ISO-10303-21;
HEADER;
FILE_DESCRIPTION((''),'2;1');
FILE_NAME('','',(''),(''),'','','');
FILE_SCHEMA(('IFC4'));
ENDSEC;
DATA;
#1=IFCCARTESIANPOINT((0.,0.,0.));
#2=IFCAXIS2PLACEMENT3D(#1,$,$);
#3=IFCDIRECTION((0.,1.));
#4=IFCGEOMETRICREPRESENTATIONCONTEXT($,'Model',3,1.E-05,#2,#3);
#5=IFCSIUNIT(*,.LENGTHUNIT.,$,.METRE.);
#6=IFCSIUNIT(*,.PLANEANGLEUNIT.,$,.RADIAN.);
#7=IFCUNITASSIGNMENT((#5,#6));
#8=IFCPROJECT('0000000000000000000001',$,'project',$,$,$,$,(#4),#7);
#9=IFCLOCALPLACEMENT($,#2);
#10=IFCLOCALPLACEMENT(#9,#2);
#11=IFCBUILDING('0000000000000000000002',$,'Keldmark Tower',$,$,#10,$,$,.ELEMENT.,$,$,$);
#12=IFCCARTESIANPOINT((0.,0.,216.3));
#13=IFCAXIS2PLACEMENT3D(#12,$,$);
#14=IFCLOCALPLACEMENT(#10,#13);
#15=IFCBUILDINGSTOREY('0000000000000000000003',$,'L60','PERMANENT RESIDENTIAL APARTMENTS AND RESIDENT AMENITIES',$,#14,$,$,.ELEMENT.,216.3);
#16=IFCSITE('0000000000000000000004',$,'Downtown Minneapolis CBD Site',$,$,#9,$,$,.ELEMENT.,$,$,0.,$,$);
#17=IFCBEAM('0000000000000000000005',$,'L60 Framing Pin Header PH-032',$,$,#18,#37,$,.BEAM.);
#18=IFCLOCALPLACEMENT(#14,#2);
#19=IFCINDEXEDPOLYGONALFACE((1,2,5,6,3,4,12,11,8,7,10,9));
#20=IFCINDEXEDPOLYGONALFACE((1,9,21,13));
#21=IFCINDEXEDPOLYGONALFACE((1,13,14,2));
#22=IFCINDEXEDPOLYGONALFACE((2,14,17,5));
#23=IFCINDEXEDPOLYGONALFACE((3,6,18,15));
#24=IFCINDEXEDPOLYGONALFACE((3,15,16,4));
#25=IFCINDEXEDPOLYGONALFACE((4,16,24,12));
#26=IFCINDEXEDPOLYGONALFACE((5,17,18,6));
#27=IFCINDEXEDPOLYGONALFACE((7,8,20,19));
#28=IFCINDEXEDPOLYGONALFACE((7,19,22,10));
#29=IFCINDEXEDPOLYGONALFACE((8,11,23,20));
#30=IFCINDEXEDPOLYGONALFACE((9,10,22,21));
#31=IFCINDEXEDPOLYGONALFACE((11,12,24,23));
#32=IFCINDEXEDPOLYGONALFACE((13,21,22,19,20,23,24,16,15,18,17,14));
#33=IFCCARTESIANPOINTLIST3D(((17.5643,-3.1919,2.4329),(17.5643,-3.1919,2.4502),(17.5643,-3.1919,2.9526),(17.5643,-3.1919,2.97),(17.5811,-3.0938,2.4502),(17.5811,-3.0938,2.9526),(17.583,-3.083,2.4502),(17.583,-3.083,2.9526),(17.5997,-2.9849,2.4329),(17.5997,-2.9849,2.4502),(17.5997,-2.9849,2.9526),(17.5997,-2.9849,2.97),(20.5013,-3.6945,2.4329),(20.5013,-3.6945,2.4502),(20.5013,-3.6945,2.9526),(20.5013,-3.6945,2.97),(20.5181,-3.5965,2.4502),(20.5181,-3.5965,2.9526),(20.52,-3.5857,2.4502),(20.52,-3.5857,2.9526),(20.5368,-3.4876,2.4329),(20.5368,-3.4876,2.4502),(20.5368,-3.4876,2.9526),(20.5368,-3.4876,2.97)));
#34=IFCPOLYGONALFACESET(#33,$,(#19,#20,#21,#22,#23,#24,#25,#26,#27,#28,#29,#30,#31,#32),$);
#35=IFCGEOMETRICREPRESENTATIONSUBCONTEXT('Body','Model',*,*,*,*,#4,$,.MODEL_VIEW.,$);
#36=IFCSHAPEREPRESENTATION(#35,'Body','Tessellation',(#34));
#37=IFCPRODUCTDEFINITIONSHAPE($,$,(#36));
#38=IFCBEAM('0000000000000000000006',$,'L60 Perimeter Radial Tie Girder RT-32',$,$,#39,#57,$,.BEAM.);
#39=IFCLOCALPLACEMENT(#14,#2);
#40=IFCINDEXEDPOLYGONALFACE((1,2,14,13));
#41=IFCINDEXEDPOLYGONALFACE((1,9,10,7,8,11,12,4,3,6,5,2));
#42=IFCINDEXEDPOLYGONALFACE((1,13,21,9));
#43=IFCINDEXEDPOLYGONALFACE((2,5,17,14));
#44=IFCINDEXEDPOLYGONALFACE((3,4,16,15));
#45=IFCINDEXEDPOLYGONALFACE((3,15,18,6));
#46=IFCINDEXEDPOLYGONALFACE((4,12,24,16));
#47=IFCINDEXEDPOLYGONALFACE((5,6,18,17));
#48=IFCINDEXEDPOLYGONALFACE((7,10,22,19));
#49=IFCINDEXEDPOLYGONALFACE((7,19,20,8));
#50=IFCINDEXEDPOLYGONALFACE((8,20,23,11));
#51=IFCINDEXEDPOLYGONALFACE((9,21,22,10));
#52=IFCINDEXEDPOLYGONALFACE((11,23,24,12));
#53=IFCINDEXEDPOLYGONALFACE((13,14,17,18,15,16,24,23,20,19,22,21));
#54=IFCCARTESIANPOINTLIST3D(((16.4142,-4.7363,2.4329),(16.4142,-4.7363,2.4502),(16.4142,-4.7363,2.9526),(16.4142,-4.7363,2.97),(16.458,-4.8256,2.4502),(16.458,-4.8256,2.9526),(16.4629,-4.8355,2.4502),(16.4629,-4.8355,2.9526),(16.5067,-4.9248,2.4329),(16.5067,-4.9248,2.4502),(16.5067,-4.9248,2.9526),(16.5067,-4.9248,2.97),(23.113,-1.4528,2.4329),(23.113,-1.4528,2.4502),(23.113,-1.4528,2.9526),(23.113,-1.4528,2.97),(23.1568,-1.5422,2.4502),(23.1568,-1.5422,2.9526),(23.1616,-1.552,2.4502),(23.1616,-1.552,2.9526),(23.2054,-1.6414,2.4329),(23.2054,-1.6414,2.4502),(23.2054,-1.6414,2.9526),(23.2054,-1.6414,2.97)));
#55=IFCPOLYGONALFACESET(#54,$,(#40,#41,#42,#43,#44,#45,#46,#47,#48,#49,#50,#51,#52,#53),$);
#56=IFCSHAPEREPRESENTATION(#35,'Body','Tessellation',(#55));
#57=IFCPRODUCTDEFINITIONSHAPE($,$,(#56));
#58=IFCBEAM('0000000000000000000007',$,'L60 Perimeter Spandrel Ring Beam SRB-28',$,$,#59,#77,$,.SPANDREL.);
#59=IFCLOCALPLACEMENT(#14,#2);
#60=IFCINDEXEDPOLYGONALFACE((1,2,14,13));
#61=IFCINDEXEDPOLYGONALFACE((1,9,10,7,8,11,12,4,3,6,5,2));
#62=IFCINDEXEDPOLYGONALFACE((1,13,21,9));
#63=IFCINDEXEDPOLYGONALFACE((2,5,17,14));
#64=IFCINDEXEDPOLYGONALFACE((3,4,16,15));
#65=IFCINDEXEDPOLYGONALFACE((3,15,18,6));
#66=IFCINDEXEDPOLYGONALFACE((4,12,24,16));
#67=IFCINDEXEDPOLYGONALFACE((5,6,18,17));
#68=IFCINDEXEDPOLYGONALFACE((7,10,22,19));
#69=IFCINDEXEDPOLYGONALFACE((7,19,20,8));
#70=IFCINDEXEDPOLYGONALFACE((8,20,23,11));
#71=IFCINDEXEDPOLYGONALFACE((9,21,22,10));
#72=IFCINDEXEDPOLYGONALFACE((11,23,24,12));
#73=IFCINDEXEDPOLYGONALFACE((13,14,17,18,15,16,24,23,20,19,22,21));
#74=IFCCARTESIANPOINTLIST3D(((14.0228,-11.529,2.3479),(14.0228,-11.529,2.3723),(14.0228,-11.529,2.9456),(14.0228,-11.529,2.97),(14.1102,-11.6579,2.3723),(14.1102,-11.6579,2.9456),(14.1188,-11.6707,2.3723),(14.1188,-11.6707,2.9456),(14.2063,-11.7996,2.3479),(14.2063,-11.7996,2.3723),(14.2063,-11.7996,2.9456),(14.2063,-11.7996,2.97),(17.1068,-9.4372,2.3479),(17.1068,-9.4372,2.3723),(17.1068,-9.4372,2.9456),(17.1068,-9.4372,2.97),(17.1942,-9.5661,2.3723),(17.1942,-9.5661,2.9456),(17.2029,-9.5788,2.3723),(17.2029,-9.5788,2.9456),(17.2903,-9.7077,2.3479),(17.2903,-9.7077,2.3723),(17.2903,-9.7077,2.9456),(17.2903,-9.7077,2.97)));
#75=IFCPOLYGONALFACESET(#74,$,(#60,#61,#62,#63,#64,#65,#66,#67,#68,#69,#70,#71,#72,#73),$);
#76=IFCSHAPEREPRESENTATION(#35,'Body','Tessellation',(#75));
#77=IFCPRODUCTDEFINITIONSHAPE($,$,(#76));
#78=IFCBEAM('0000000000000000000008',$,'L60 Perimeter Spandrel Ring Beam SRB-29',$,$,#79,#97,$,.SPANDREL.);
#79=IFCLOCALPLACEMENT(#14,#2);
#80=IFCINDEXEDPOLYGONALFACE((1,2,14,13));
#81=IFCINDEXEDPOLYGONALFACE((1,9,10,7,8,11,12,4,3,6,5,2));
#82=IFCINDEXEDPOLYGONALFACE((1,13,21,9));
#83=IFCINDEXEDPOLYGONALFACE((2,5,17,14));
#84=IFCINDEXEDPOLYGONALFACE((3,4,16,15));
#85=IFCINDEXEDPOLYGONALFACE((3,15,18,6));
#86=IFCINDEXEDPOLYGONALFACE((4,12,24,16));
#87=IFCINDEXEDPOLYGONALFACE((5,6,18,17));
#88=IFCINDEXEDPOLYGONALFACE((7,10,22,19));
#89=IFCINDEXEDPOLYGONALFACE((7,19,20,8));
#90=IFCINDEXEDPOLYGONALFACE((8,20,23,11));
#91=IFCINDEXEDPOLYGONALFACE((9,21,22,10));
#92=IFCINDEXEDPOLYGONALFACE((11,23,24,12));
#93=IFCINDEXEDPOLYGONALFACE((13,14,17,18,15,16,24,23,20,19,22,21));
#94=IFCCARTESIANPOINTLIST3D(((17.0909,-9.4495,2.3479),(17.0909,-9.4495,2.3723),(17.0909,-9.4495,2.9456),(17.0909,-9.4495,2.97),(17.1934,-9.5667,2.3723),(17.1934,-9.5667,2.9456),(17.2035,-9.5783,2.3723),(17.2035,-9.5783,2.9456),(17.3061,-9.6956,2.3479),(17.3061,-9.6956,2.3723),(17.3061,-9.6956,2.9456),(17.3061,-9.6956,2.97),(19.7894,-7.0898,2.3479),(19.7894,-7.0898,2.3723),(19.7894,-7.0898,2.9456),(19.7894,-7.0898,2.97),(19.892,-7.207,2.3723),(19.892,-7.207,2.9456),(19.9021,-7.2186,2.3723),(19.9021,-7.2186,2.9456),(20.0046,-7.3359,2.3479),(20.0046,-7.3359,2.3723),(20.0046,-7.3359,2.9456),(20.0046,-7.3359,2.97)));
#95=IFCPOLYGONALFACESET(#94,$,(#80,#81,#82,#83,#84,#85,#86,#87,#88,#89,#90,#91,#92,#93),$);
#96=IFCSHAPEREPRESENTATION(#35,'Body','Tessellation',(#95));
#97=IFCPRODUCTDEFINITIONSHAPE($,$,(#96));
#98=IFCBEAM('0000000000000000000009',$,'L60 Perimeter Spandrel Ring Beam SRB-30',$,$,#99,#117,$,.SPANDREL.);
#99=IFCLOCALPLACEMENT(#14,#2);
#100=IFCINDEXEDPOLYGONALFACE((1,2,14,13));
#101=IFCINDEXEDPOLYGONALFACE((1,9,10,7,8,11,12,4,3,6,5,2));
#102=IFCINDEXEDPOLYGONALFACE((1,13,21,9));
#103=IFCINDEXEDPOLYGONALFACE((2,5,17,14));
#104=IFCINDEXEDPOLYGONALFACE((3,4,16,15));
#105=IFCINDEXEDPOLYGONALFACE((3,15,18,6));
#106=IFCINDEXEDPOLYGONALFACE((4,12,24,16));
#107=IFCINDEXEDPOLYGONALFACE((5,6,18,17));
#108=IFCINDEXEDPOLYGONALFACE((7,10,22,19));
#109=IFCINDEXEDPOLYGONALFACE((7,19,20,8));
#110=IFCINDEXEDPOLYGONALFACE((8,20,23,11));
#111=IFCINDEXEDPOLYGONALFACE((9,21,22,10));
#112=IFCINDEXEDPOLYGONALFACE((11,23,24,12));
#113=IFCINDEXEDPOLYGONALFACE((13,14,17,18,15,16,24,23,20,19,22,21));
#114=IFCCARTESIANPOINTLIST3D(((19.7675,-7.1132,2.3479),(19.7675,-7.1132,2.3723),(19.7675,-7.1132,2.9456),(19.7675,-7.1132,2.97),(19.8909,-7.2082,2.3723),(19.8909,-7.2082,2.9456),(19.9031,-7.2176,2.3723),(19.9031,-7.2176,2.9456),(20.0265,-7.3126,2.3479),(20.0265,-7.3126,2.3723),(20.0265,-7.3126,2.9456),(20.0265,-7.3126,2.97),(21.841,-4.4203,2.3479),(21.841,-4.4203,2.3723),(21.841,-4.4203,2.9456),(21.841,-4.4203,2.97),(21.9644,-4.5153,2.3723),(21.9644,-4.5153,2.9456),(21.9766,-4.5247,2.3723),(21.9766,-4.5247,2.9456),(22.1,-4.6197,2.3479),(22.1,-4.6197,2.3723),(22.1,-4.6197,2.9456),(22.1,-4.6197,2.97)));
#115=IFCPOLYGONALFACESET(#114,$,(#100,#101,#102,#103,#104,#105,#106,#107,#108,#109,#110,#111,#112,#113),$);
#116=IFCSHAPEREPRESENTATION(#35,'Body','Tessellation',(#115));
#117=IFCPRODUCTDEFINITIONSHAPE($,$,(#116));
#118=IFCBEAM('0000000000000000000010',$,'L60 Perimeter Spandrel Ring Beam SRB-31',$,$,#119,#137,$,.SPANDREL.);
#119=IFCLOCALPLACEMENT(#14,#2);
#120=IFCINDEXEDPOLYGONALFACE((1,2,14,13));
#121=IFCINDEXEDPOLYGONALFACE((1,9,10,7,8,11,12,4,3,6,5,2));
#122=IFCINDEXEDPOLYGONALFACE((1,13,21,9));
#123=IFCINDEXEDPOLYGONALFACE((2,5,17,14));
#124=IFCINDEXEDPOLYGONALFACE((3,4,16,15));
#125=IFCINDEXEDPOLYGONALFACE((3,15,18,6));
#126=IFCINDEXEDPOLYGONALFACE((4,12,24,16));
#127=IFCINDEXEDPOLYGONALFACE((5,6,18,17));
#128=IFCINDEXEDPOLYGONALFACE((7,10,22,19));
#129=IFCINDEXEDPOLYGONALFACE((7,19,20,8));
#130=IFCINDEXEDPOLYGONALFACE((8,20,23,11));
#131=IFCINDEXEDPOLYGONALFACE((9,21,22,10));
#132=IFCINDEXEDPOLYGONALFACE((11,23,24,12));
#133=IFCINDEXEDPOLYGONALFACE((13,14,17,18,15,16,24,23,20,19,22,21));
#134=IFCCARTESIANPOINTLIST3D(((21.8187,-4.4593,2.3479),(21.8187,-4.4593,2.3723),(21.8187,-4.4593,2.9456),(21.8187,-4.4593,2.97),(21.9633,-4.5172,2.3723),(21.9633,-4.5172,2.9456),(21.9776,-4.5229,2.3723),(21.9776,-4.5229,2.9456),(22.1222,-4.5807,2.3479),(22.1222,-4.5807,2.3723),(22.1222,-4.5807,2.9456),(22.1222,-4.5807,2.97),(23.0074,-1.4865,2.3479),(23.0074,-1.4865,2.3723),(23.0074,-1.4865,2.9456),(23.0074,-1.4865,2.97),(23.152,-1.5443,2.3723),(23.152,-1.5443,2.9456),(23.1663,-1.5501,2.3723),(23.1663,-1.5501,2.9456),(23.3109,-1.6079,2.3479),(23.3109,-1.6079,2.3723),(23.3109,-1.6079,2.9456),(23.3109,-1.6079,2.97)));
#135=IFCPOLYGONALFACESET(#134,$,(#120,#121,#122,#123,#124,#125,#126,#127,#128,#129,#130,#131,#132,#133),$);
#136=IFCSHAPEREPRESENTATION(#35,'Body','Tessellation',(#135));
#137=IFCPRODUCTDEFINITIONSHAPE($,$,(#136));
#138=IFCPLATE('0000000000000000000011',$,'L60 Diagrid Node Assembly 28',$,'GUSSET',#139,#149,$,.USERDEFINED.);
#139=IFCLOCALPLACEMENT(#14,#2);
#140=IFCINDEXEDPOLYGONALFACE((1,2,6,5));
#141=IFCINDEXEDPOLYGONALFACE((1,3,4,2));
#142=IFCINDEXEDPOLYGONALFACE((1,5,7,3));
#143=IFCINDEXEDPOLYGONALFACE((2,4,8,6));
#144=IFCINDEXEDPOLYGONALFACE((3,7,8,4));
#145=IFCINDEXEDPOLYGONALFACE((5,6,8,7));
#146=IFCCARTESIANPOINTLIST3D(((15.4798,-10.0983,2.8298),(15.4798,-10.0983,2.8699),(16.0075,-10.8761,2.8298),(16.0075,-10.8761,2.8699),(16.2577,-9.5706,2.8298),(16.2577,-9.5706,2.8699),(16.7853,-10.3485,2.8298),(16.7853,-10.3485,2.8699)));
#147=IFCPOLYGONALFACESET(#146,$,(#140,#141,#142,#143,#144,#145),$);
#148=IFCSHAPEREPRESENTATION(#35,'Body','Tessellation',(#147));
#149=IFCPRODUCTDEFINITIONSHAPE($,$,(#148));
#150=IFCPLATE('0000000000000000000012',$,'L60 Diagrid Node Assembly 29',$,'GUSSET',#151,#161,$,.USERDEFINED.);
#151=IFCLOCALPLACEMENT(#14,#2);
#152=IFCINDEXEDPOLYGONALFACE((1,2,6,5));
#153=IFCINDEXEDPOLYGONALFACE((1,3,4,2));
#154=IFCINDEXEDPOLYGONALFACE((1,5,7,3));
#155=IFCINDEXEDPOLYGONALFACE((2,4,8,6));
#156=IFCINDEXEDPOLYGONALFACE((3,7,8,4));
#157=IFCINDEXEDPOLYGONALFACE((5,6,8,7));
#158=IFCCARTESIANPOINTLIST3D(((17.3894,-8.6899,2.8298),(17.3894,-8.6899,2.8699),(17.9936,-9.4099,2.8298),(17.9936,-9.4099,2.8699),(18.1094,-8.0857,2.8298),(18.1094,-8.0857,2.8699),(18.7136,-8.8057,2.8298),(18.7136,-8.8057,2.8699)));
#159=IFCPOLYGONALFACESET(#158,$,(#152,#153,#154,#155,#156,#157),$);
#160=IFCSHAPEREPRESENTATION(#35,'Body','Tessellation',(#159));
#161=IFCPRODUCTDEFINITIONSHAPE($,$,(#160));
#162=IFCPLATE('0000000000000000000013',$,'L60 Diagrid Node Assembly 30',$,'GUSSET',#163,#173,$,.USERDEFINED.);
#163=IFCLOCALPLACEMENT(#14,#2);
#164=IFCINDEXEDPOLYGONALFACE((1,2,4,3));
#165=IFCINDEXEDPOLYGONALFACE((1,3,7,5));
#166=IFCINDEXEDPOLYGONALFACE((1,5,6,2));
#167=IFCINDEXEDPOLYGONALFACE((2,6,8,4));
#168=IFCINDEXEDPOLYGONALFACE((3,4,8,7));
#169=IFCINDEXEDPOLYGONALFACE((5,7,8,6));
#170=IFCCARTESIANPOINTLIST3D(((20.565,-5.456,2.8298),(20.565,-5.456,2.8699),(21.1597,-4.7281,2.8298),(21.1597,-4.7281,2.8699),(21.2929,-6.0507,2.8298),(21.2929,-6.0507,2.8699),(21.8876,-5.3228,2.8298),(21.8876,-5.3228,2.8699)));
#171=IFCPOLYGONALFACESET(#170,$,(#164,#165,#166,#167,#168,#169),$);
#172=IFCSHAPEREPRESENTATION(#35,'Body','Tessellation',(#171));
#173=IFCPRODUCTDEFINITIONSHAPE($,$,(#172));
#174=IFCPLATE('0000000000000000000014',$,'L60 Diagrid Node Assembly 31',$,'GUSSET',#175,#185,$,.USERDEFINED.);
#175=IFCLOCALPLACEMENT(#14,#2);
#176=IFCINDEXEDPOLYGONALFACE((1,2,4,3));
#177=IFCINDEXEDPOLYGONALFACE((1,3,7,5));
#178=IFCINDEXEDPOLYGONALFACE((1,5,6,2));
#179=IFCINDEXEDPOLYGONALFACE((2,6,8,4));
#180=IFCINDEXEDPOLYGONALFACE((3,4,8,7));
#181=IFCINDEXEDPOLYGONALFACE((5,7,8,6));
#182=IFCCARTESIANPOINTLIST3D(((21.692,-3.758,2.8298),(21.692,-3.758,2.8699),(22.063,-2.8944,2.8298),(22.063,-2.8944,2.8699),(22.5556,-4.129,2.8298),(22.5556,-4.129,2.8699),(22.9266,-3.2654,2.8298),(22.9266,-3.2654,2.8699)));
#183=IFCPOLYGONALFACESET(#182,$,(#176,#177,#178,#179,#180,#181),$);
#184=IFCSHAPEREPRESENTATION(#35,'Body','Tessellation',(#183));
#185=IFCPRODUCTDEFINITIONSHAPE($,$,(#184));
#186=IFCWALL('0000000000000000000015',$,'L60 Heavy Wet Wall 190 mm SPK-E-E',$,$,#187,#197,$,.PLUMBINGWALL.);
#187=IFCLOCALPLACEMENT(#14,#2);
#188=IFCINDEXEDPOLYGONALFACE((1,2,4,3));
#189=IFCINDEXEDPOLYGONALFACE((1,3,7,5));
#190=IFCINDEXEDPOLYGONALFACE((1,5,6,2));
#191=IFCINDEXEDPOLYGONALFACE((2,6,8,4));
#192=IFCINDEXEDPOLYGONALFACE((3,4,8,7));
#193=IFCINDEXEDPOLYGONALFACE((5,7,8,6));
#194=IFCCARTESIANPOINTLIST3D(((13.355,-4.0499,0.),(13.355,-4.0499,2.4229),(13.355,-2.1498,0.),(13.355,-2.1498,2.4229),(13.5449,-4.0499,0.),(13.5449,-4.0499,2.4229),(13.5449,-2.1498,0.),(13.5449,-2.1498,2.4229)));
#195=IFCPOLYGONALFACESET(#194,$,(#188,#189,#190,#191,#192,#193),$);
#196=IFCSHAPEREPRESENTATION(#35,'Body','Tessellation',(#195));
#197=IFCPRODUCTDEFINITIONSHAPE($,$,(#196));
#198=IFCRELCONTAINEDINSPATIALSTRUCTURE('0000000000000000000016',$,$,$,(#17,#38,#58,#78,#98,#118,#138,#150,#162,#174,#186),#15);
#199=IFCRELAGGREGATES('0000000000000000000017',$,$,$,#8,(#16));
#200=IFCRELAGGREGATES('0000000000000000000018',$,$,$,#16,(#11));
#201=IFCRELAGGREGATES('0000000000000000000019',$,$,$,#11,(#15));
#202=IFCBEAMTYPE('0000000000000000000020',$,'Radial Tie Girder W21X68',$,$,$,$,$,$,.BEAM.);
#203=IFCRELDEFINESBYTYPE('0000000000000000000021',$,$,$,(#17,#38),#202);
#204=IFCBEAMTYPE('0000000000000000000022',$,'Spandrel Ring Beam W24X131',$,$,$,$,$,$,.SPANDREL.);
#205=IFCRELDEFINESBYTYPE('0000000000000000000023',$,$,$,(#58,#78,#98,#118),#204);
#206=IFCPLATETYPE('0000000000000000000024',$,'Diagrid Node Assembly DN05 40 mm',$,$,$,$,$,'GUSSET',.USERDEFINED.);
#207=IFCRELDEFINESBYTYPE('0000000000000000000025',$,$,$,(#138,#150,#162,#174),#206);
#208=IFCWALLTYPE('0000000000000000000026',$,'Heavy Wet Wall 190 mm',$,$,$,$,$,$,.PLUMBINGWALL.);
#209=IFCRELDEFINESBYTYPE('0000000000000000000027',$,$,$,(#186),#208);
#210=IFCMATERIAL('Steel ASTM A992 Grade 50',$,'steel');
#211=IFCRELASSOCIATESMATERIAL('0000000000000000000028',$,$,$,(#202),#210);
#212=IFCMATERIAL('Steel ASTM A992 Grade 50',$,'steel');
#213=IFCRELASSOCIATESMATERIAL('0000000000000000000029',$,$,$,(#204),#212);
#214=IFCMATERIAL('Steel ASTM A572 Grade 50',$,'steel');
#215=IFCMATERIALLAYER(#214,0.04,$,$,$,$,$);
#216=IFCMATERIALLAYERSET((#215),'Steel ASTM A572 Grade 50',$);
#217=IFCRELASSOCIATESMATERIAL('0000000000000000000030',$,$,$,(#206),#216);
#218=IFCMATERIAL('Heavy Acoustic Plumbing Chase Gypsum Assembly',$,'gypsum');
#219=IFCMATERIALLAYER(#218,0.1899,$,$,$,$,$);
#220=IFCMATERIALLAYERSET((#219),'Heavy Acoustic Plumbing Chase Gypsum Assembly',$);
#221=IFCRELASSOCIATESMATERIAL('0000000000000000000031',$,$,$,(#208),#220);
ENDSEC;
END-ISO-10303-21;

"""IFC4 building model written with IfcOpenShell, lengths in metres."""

from ifc_helpers import new_model, si_unit, direction, frame, frame_2d, origin, origin_2d, place, context, subcontext, project, spatial, rectangle, i_section, extrude, material, layer, layer_set, material_profile, profile_set, type_object, element, save


model = new_model("IFC4")

# Units and contexts
model_context = context("Model", 3, precision=1e-05, world=origin(), true_north=direction((0.0, 1.0)))
body_context = subcontext(model_context, "Body", "Model", "MODEL_VIEW")
ifc_project = project(units=[si_unit("LENGTHUNIT", "METRE"), si_unit("PLANEANGLEUNIT", "RADIAN")], contexts=[model_context])

# Site, building, storey
site_placement = place(None, origin())
site = spatial("IfcSite", under=ifc_project, at=site_placement, Name="Downtown Minneapolis CBD Site", CompositionType="ELEMENT", RefElevation=0.0)
building_placement = place(site_placement, origin())
building = spatial("IfcBuilding", under=site, at=building_placement, Name="Keldmark Tower", CompositionType="ELEMENT")
storey_placement = place(building_placement, frame((0.0, 0.0, 216.3)))
storey = spatial("IfcBuildingStorey", under=building, at=storey_placement, Name="L60", Description="PERMANENT RESIDENTIAL APARTMENTS AND RESIDENT AMENITIES", CompositionType="ELEMENT", Elevation=216.3)

# Beams
ifc_material_1 = material(Name="Steel ASTM A992 Grade 50", Category="steel")
ifc_material_profile_1 = material_profile(ifc_material_1, i_section(OverallWidth=0.21, OverallDepth=0.5371, WebThickness=0.011, FlangeThickness=0.0173, at=origin_2d()), Name="W21X68")
ifc_profile_set_1 = profile_set([ifc_material_profile_1], Name="Steel ASTM A992 Grade 50")
beam_type_1 = type_object("IfcBeamType", Name="Radial Tie Girder W21X68", PredefinedType="BEAM", material=ifc_profile_set_1)
beam_1_placement = place(storey_placement, frame((17.582, -3.0884, 2.7014), z_axis=(0.985667, -0.168702, 0.0), x_axis=(0.168702, 0.985667, 0.0)))
element("IfcBeam", 1, at=beam_1_placement, inside=storey, type_object=beam_type_1, Name="L60 Framing Pin Header PH-032", PredefinedType="BEAM", context=body_context, shape_type="SweptSolid", body=[
    extrude(i_section(OverallWidth=0.21, OverallDepth=0.5371, WebThickness=0.011, FlangeThickness=0.0173, at=origin_2d()), origin(), (0.0, 0.0, 1.0), 2.9797),
])
beam_2_placement = place(storey_placement, frame((16.4604, -4.8306, 2.7014), z_axis=(0.897934, 0.440131, 0.0), x_axis=(-0.440131, 0.897934, 0.0)))
element("IfcBeam", 2, at=beam_2_placement, inside=storey, type_object=beam_type_1, Name="L60 Perimeter Radial Tie Girder RT-32", PredefinedType="BEAM", context=body_context, shape_type="SweptSolid", body=[
    extrude(i_section(OverallWidth=0.21, OverallDepth=0.5371, WebThickness=0.011, FlangeThickness=0.0173, at=origin_2d()), origin(), (0.0, 0.0, 1.0), 7.4602),
])
ifc_material_2 = material(Name="Steel ASTM A992 Grade 50", Category="steel")
ifc_material_profile_2 = material_profile(ifc_material_2, i_section(OverallWidth=0.3269, OverallDepth=0.6221, WebThickness=0.0154, FlangeThickness=0.0244, at=origin_2d()), Name="W24X131")
ifc_profile_set_2 = profile_set([ifc_material_profile_2], Name="Steel ASTM A992 Grade 50")
beam_type_2 = type_object("IfcBeamType", Name="Spandrel Ring Beam W24X131", PredefinedType="SPANDREL", material=ifc_profile_set_2)
beam_3_placement = place(storey_placement, frame((14.1145, -11.6643, 2.6589), z_axis=(0.827589, 0.561335, 0.0), x_axis=(-0.561335, 0.827589, 0.0)))
element("IfcBeam", 3, at=beam_3_placement, inside=storey, type_object=beam_type_2, Name="L60 Perimeter Spandrel Ring Beam SRB-28", PredefinedType="SPANDREL", context=body_context, shape_type="SweptSolid", body=[
    extrude(i_section(OverallWidth=0.3269, OverallDepth=0.6221, WebThickness=0.0154, FlangeThickness=0.0244, at=origin_2d()), origin(), (0.0, 0.0, 1.0), 3.7266),
])
beam_4_placement = place(storey_placement, frame((17.1985, -9.5725, 2.6589), z_axis=(0.752792, 0.658259, 0.0), x_axis=(-0.658259, 0.752792, 0.0)))
element("IfcBeam", 4, at=beam_4_placement, inside=storey, type_object=beam_type_2, Name="L60 Perimeter Spandrel Ring Beam SRB-29", PredefinedType="SPANDREL", context=body_context, shape_type="SweptSolid", body=[
    extrude(i_section(OverallWidth=0.3269, OverallDepth=0.6221, WebThickness=0.0154, FlangeThickness=0.0244, at=origin_2d()), origin(), (0.0, 0.0, 1.0), 3.5847),
])
beam_5_placement = place(storey_placement, frame((19.897, -7.2129, 2.6589), z_axis=(0.610089, 0.792333, 0.0), x_axis=(-0.792333, 0.610089, 0.0)))
element("IfcBeam", 5, at=beam_5_placement, inside=storey, type_object=beam_type_2, Name="L60 Perimeter Spandrel Ring Beam SRB-30", PredefinedType="SPANDREL", context=body_context, shape_type="SweptSolid", body=[
    extrude(i_section(OverallWidth=0.3269, OverallDepth=0.6221, WebThickness=0.0154, FlangeThickness=0.0244, at=origin_2d()), origin(), (0.0, 0.0, 1.0), 3.3987),
])
beam_6_placement = place(storey_placement, frame((21.9705, -4.52, 2.6589), z_axis=(0.371272, 0.928524, 0.0), x_axis=(-0.928524, 0.371272, 0.0)))
element("IfcBeam", 6, at=beam_6_placement, inside=storey, type_object=beam_type_2, Name="L60 Perimeter Spandrel Ring Beam SRB-31", PredefinedType="SPANDREL", context=body_context, shape_type="SweptSolid", body=[
    extrude(i_section(OverallWidth=0.3269, OverallDepth=0.6221, WebThickness=0.0154, FlangeThickness=0.0244, at=origin_2d()), origin(), (0.0, 0.0, 1.0), 3.2017),
])

# Plates
ifc_material_3 = material(Name="Steel ASTM A572 Grade 50", Category="steel")
ifc_layer_1 = layer(ifc_material_3, 0.04)
ifc_layer_set_1 = layer_set([ifc_layer_1], Name="Steel ASTM A572 Grade 50")
plate_type = type_object("IfcPlateType", Name="Diagrid Node Assembly DN05 40 mm", ElementType="GUSSET", PredefinedType="USERDEFINED", material=ifc_layer_set_1)
for number, where, z_axis, x_axis, name in (
    (7, (16.1326, -10.2234, 2.8298), (0.0, 0.0, 1.0), (0.827571, 0.561361, 0.0), "L60 Diagrid Node Assembly 28"),
    (8, (18.0515, -8.7478, 2.8298), (0.0, 0.0, 1.0), (0.766044, 0.642788, 0.0), "L60 Diagrid Node Assembly 29"),
    (9, (21.2263, -5.3894, 2.8298), (0.0, 0.0, 1.0), (0.632705, 0.774393, 0.0), "L60 Diagrid Node Assembly 30"),
    (10, (22.3093, -3.5117, 2.8298), (0.0, 0.0, 1.0), (0.394744, 0.918791, 0.0), "L60 Diagrid Node Assembly 31"),
):
    element("IfcPlate", number, at=place(storey_placement, frame(where, z_axis=z_axis, x_axis=x_axis)), inside=storey, type_object=plate_type, Name=name, ObjectType="GUSSET", PredefinedType="USERDEFINED", context=body_context, shape_type="SweptSolid", body=[
        extrude(rectangle(XDim=0.9399, YDim=0.9399, at=origin_2d()), origin(), (0.0, 0.0, 1.0), 0.04),
    ])

# Wall
ifc_material_4 = material(Name="Heavy Acoustic Plumbing Chase Gypsum Assembly", Category="gypsum")
ifc_layer_2 = layer(ifc_material_4, 0.1899)
ifc_layer_set_2 = layer_set([ifc_layer_2], Name="Heavy Acoustic Plumbing Chase Gypsum Assembly")
wall_type_1 = type_object("IfcWallType", Name="Heavy Wet Wall 190 mm", PredefinedType="PLUMBINGWALL", material=ifc_layer_set_2)
wall_1_placement = place(storey_placement, frame((13.45, -4.05, 0.0), z_axis=(0.0, 0.0, 1.0), x_axis=(0.0, 1.0, 0.0)))
element("IfcWall", 11, at=wall_1_placement, inside=storey, type_object=wall_type_1, Name="L60 Heavy Wet Wall 190 mm SPK-E-E", PredefinedType="PLUMBINGWALL", context=body_context, shape_type="SweptSolid", body=[
    extrude(rectangle(XDim=1.9001, YDim=0.1899, at=frame_2d((0.9502, 0.0))), origin(), (0.0, 0.0, 1.0), 2.4229),
])

save(model, "model.ifc")
